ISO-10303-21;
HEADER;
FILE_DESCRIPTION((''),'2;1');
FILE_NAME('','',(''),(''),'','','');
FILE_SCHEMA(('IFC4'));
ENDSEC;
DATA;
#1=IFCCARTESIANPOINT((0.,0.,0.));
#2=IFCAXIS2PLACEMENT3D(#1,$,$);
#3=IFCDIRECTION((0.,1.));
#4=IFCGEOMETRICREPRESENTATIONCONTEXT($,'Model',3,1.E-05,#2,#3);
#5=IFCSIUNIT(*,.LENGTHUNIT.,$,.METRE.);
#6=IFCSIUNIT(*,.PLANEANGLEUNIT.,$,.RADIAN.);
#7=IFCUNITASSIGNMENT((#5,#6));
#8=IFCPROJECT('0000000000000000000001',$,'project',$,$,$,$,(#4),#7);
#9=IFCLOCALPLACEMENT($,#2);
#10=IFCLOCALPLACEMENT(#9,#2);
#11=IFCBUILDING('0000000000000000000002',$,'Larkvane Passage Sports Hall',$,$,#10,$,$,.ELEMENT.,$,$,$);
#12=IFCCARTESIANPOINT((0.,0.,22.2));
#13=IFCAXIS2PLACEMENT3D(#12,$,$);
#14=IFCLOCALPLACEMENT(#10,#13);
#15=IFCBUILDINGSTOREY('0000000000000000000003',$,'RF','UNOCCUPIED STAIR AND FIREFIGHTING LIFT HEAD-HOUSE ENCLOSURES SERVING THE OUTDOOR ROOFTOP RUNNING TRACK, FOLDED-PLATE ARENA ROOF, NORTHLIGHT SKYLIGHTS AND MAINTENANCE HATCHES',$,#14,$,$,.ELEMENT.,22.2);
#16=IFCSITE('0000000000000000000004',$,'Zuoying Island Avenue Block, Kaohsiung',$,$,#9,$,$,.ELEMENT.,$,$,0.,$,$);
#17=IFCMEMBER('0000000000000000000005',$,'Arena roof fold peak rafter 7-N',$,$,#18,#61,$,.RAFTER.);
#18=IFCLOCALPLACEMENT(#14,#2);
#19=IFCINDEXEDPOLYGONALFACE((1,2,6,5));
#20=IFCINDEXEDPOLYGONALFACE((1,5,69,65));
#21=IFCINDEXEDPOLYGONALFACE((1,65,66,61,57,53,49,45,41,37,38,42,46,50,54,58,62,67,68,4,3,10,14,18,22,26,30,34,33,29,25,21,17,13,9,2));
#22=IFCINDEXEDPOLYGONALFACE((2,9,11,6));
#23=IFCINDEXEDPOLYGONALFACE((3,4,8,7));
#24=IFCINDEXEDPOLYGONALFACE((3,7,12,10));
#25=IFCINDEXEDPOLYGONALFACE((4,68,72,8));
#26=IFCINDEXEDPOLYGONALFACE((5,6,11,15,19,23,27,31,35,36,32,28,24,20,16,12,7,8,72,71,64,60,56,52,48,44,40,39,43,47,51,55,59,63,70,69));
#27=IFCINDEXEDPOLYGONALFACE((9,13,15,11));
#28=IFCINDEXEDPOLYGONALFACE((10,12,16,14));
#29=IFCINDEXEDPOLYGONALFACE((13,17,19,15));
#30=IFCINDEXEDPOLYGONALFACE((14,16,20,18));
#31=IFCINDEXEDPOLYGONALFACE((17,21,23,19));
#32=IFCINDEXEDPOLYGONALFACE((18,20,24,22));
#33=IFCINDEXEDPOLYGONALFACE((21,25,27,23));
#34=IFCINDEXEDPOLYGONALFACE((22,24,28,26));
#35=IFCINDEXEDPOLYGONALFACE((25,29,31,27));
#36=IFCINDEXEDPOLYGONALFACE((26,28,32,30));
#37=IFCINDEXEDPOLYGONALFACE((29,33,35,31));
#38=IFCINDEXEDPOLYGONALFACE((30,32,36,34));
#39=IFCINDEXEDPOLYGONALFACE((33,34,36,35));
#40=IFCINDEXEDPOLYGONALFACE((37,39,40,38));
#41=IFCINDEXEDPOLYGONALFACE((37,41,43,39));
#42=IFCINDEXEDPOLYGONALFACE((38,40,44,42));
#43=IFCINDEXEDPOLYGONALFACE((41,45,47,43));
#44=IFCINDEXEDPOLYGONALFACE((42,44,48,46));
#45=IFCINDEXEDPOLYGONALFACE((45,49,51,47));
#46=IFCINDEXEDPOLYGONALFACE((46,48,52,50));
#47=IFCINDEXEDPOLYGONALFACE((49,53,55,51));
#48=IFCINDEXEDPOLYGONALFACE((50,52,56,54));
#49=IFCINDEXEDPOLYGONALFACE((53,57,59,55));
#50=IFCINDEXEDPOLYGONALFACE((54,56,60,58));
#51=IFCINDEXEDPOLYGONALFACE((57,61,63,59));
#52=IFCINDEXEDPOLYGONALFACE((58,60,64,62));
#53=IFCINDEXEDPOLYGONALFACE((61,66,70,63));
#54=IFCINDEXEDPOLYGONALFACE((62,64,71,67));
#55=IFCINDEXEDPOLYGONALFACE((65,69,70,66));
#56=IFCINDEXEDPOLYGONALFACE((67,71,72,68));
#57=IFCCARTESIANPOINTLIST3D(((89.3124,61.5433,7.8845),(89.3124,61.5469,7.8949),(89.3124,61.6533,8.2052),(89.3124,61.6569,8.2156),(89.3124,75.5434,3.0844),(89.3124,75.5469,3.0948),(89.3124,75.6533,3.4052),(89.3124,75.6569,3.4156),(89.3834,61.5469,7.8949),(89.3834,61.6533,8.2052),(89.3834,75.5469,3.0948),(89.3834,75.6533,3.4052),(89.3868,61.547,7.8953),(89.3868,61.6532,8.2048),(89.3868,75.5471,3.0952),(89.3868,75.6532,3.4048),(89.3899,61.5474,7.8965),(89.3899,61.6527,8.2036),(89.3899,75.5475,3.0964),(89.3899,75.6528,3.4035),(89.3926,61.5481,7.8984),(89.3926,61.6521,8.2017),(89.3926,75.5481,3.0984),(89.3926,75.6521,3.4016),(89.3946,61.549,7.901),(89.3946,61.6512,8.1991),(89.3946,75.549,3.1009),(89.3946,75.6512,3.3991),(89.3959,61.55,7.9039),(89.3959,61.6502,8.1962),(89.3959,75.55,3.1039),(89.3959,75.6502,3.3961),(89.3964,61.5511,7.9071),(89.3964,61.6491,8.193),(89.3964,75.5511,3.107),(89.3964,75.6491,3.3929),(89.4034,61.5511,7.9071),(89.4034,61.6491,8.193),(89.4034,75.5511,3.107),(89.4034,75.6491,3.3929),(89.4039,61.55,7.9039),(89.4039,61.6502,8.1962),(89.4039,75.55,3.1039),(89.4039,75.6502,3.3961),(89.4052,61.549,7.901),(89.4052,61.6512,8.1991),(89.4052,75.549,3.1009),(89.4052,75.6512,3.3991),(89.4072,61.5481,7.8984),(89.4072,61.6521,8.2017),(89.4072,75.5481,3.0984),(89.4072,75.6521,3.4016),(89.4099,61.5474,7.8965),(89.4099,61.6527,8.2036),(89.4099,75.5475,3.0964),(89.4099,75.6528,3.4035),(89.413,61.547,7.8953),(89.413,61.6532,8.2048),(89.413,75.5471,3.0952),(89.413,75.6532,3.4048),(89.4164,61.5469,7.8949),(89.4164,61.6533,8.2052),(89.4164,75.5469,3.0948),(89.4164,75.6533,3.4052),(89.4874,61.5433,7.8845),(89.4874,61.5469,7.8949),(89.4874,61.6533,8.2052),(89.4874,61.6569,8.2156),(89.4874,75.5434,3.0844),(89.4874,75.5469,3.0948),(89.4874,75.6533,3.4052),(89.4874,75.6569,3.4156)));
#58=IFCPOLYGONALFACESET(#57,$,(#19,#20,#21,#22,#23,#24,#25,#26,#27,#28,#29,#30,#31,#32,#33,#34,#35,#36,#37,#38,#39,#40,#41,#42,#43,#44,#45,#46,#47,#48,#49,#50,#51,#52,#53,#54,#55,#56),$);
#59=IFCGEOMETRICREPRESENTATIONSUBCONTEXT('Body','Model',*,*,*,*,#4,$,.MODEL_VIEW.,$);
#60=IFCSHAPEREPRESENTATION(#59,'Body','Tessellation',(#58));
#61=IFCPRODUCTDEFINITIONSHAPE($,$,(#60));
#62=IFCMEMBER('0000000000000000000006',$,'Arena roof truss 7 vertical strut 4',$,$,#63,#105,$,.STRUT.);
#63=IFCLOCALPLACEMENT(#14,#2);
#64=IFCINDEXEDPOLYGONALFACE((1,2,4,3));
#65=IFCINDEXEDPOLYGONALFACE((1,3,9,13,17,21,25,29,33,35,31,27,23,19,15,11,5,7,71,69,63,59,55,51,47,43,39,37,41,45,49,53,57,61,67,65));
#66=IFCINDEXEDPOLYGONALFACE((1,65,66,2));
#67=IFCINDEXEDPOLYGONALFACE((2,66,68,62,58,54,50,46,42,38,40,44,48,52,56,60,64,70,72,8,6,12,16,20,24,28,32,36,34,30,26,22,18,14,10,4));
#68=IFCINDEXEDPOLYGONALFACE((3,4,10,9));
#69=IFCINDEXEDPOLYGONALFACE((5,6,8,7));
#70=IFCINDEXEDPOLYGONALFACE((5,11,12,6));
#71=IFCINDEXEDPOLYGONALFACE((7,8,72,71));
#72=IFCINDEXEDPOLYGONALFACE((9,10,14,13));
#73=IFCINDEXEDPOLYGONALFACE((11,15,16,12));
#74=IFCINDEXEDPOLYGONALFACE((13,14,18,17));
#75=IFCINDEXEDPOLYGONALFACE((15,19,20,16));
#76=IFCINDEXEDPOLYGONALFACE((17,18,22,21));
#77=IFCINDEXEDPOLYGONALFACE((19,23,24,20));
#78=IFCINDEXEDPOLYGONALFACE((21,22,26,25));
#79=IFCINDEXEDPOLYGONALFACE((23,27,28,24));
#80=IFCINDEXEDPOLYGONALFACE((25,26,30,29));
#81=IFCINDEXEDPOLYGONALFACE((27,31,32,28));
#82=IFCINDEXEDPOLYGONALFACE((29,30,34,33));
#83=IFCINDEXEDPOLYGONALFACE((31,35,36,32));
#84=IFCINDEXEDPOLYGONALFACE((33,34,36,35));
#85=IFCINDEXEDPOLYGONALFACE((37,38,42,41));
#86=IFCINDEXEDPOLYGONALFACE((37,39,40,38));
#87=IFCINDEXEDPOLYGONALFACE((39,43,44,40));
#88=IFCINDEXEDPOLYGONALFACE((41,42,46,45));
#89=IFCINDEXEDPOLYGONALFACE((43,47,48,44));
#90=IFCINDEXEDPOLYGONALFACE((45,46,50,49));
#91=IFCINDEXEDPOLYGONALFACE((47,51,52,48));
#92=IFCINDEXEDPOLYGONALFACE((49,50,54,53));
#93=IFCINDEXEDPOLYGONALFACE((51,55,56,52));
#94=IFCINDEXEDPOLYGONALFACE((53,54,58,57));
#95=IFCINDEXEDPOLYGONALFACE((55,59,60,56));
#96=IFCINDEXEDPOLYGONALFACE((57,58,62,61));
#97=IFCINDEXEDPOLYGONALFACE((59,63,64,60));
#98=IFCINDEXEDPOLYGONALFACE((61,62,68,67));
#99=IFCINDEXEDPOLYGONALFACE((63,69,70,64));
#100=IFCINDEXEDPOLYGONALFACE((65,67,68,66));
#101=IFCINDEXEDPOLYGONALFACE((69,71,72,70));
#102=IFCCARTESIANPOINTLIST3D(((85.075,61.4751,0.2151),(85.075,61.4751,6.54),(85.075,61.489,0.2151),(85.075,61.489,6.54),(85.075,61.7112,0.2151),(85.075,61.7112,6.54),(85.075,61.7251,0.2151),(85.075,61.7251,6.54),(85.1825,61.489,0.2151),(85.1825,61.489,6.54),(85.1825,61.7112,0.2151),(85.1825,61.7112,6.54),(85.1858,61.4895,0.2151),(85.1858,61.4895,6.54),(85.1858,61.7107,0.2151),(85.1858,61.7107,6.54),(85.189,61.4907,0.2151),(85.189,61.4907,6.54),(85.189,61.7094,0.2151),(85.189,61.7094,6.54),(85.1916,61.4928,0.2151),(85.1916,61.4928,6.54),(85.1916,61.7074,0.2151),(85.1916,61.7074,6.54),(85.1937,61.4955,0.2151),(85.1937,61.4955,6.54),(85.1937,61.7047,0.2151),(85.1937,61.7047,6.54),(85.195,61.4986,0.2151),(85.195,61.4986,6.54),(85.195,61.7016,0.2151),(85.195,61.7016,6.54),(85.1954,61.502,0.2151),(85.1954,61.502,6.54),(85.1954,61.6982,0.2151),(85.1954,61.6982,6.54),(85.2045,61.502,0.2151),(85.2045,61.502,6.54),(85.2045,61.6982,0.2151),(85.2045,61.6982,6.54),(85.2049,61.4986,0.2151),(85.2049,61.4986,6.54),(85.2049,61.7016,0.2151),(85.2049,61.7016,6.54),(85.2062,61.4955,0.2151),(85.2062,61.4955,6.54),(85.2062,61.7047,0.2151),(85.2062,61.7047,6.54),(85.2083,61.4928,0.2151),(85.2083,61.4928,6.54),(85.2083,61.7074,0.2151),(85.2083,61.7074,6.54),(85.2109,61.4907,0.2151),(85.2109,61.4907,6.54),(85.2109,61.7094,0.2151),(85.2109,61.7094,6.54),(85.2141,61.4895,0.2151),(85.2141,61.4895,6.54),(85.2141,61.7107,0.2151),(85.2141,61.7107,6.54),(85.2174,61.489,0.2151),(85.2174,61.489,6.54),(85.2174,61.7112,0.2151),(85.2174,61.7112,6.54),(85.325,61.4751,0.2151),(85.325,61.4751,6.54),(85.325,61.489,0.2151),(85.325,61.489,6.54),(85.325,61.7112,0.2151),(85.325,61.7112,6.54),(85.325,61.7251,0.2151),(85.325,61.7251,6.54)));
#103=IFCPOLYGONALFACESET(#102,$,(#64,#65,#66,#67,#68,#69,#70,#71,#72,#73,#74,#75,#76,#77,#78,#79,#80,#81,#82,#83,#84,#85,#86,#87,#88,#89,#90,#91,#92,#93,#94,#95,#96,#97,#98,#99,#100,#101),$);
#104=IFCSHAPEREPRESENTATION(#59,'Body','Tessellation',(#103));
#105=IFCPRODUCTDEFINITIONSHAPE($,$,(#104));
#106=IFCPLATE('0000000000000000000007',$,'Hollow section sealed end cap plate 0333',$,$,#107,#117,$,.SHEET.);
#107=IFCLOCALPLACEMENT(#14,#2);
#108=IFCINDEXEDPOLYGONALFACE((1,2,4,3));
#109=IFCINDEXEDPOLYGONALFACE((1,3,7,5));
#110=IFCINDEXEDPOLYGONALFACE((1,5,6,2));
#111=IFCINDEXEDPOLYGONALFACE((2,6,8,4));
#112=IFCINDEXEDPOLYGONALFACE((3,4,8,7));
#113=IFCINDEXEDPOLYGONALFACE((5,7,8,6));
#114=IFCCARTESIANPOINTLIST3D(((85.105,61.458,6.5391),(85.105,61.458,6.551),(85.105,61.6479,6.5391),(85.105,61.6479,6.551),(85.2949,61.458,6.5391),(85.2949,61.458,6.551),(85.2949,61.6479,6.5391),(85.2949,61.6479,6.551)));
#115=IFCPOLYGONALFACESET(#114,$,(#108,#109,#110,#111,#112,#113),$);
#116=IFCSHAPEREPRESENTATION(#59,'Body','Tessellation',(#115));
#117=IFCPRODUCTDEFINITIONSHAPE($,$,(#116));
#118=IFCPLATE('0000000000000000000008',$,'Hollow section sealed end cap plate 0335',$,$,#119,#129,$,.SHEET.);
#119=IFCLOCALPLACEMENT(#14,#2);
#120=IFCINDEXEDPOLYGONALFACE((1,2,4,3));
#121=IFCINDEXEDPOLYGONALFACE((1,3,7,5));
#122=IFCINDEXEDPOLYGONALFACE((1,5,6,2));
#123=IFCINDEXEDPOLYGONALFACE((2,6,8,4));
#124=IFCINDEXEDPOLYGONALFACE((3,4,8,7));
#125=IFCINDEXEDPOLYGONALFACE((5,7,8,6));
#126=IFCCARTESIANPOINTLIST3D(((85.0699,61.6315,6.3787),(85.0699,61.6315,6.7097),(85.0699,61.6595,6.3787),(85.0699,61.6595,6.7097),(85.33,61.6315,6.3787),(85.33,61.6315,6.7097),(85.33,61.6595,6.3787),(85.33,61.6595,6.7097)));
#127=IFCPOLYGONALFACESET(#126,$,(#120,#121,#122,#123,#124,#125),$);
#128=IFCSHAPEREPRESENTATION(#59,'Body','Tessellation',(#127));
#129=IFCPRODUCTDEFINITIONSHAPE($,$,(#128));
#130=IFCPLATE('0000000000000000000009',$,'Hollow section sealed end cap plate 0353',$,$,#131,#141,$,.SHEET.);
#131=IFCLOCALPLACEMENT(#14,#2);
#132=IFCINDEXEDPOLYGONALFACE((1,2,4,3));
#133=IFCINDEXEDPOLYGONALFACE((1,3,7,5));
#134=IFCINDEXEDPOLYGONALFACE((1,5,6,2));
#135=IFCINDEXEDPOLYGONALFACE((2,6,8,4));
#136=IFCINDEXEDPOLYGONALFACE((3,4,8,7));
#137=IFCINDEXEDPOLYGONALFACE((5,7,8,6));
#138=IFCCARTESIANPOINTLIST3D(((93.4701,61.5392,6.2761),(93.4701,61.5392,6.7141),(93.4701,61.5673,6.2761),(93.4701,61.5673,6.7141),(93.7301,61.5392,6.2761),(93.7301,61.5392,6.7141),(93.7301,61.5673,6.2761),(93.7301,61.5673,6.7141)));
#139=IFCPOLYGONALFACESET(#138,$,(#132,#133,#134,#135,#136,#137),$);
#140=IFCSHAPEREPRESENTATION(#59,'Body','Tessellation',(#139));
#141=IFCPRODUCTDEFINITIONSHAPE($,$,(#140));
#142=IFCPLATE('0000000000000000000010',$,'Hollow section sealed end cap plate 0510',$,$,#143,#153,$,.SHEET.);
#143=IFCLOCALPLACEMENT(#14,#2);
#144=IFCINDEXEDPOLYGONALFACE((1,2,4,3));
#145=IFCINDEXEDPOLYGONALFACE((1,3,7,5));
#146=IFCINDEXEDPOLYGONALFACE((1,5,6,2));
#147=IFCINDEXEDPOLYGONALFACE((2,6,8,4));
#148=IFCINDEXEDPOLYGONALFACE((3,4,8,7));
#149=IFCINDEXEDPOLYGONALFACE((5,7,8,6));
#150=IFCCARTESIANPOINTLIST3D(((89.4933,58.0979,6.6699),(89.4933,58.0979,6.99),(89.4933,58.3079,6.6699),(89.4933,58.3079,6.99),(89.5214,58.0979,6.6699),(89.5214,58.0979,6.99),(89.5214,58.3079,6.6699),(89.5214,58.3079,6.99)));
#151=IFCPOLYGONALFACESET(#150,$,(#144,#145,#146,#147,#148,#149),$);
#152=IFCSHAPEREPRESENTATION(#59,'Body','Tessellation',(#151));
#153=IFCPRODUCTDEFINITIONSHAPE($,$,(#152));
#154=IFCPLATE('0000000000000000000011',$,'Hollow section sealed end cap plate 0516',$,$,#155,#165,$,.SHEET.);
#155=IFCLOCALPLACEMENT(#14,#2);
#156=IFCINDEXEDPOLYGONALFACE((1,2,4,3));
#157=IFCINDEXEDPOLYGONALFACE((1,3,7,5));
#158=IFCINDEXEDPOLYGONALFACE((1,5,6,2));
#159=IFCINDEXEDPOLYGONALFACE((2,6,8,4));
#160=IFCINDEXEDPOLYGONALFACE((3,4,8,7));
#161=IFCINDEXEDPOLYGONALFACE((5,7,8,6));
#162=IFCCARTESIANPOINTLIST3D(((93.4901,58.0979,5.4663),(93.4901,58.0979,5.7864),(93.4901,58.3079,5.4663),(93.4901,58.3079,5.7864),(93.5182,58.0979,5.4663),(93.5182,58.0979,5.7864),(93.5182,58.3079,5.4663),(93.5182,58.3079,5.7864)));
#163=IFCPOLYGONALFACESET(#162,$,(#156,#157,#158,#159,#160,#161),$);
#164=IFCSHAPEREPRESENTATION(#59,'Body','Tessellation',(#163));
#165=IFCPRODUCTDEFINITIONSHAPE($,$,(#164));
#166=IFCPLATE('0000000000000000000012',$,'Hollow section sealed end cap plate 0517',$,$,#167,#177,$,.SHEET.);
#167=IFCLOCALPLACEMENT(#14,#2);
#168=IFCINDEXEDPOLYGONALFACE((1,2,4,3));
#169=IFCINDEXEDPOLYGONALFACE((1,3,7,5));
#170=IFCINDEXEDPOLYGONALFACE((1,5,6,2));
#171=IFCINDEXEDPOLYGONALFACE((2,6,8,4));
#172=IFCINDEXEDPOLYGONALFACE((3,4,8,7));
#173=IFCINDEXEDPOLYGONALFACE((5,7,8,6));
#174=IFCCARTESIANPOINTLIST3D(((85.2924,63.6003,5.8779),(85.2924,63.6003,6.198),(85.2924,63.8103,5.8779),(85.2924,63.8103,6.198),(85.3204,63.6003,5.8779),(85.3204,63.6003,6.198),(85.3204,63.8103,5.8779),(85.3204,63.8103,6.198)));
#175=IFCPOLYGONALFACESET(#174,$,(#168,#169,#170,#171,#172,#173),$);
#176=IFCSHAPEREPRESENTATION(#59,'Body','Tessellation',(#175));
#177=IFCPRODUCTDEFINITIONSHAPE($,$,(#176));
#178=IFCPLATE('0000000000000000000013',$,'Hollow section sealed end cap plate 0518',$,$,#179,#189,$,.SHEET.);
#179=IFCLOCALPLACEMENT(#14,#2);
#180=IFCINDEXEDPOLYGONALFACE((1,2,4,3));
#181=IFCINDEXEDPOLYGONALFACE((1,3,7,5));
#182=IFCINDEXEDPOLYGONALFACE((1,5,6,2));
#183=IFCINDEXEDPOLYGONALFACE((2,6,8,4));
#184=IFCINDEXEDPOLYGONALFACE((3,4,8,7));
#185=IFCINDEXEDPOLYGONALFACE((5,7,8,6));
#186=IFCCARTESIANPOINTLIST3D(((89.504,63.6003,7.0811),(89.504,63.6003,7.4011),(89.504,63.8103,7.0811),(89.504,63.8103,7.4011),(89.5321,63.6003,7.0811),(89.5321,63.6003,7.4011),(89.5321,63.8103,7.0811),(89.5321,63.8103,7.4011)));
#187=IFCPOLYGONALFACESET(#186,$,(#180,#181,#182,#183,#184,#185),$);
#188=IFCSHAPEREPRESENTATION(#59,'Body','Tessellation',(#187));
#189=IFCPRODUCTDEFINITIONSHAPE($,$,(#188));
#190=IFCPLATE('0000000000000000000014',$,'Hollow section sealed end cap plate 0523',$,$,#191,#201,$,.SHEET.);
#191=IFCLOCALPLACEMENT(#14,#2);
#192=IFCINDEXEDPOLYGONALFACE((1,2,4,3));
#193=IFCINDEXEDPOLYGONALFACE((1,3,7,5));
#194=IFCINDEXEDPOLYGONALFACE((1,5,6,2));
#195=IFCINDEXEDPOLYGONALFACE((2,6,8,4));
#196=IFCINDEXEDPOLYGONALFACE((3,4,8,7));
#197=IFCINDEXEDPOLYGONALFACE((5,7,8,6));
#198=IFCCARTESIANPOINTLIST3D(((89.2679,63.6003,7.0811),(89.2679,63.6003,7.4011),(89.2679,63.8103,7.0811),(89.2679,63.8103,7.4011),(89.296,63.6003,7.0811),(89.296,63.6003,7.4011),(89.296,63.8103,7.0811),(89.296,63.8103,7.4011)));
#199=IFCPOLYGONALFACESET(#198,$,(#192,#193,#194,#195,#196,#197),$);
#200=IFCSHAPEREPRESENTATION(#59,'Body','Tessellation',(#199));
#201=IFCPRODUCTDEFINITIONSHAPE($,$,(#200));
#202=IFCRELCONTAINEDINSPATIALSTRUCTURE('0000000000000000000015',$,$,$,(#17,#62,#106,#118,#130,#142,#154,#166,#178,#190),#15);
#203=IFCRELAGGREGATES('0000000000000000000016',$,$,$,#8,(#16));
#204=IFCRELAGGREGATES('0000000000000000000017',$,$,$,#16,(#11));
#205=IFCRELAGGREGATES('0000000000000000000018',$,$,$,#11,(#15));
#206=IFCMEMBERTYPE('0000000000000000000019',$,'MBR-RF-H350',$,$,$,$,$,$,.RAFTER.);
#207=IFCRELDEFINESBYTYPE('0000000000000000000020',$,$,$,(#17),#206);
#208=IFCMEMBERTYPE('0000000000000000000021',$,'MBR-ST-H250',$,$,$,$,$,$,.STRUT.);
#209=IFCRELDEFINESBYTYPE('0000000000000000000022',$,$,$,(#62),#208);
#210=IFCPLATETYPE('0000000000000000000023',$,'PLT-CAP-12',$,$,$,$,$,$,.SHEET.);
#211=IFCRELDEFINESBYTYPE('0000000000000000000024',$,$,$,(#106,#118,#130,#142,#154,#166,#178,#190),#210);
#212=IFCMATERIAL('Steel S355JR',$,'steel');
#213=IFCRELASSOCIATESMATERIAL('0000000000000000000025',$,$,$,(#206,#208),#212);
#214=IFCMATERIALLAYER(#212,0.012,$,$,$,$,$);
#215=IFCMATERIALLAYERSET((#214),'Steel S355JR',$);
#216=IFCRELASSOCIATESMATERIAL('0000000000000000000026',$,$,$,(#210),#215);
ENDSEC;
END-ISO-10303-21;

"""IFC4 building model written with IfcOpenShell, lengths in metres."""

from ifc_helpers import new_model, si_unit, direction, frame, origin, origin_2d, place, context, subcontext, project, spatial, rectangle, i_section, extrude, material, layer, layer_set, material_profile, profile_set, type_object, element, save


model = new_model("IFC4")

# Units and contexts
model_context = context("Model", 3, precision=1e-05, world=origin(), true_north=direction((0.0, 1.0)))
body_context = subcontext(model_context, "Body", "Model", "MODEL_VIEW")
ifc_project = project(units=[si_unit("LENGTHUNIT", "METRE"), si_unit("PLANEANGLEUNIT", "RADIAN")], contexts=[model_context])

# Site, building, storey
site_placement = place(None, origin())
site = spatial("IfcSite", under=ifc_project, at=site_placement, Name="Zuoying Island Avenue Block, Kaohsiung", CompositionType="ELEMENT", RefElevation=0.0)
building_placement = place(site_placement, origin())
building = spatial("IfcBuilding", under=site, at=building_placement, Name="Larkvane Passage Sports Hall", CompositionType="ELEMENT")
storey_placement = place(building_placement, frame((0.0, 0.0, 22.2)))
storey = spatial("IfcBuildingStorey", under=building, at=storey_placement, Name="RF", Description="UNOCCUPIED STAIR AND FIREFIGHTING LIFT HEAD-HOUSE ENCLOSURES SERVING THE OUTDOOR ROOFTOP RUNNING TRACK, FOLDED-PLATE ARENA ROOF, NORTHLIGHT SKYLIGHTS AND MAINTENANCE HATCHES", CompositionType="ELEMENT", Elevation=22.2)

# Members
ifc_material_1 = material(Name="Steel S355JR", Category="steel")
ifc_material_profile_1 = material_profile(ifc_material_1, i_section(OverallWidth=0.175, OverallDepth=0.3501, WebThickness=0.0071, FlangeThickness=0.011, FilletRadius=0.0129, at=origin_2d()), Name="H-350x175x7x11")
ifc_profile_set_1 = profile_set([ifc_material_profile_1], Name="Steel S355JR")
member_type_1 = type_object("IfcMemberType", Name="MBR-RF-H350", PredefinedType="RAFTER", material=ifc_profile_set_1)
member_1_placement = place(storey_placement, frame((89.3999, 61.6001, 8.05), z_axis=(0.0, 0.945945, -0.324327), x_axis=(-1.0, 0.0, 0.0)))
element("IfcMember", 1, at=member_1_placement, inside=storey, type_object=member_type_1, Name="Arena roof fold peak rafter 7-N", PredefinedType="RAFTER", context=body_context, shape_type="SweptSolid", body=[
    extrude(i_section(OverallWidth=0.175, OverallDepth=0.3501, WebThickness=0.0071, FlangeThickness=0.011, FilletRadius=0.0129, at=origin_2d()), origin(), (0.0, 0.0, 1.0), 14.8),
])
ifc_material_profile_2 = material_profile(ifc_material_1, i_section(OverallWidth=0.25, OverallDepth=0.25, WebThickness=0.009, FlangeThickness=0.0139, FilletRadius=0.0129, at=origin_2d()), Name="H-250x250x9x14")
ifc_profile_set_2 = profile_set([ifc_material_profile_2], Name="Steel S355JR")
member_type_2 = type_object("IfcMemberType", Name="MBR-ST-H250", PredefinedType="STRUT", material=ifc_profile_set_2)
member_2_placement = place(storey_placement, frame((85.2, 61.6001, 0.2151), z_axis=(0.0, 0.0, 1.0), x_axis=(1.0, 0.0, 0.0)))
element("IfcMember", 2, at=member_2_placement, inside=storey, type_object=member_type_2, Name="Arena roof truss 7 vertical strut 4", PredefinedType="STRUT", context=body_context, shape_type="SweptSolid", body=[
    extrude(i_section(OverallWidth=0.25, OverallDepth=0.25, WebThickness=0.009, FlangeThickness=0.0139, FilletRadius=0.0129, at=origin_2d()), origin(), (0.0, 0.0, 1.0), 6.325),
])

# Plates
ifc_layer_1 = layer(ifc_material_1, 0.012)
ifc_layer_set_1 = layer_set([ifc_layer_1], Name="Steel S355JR")
plate_type_1 = type_object("IfcPlateType", Name="PLT-CAP-12", PredefinedType="SHEET", material=ifc_layer_set_1)
plate_1_placement = place(storey_placement, frame((85.2, 61.553, 6.5391), z_axis=(0.0, 0.0, 1.0), x_axis=(1.0, 0.0, 0.0)))
element("IfcPlate", 3, at=plate_1_placement, inside=storey, type_object=plate_type_1, Name="Hollow section sealed end cap plate 0333", PredefinedType="SHEET", context=body_context, shape_type="SweptSolid", body=[
    extrude(rectangle(XDim=0.1899, YDim=0.1899, at=origin_2d()), origin(), (0.0, 0.0, 1.0), 0.012),
])
plate_2_placement = place(storey_placement, frame((85.2, 61.6455, 6.3787), z_axis=(0.0, 0.0, 1.0), x_axis=(-1.0, 0.0, 0.0)))
element("IfcPlate", 4, at=plate_2_placement, inside=storey, type_object=plate_type_1, Name="Hollow section sealed end cap plate 0335", PredefinedType="SHEET", context=body_context, shape_type="SweptSolid", body=[
    extrude(rectangle(XDim=0.26, YDim=0.0281, at=origin_2d()), origin(), (0.0, 0.0, 1.0), 0.3311),
])
plate_3_placement = place(storey_placement, frame((93.6001, 61.5532, 6.2761), z_axis=(0.0, 0.0, 1.0), x_axis=(-1.0, 0.0, 0.0)))
element("IfcPlate", 5, at=plate_3_placement, inside=storey, type_object=plate_type_1, Name="Hollow section sealed end cap plate 0353", PredefinedType="SHEET", context=body_context, shape_type="SweptSolid", body=[
    extrude(rectangle(XDim=0.26, YDim=0.0281, at=origin_2d()), origin(), (0.0, 0.0, 1.0), 0.438),
])
for number, where, z_axis, x_axis, name in (
    (6, (89.5073, 58.2029, 6.6699), (0.0, 0.0, 1.0), (0.0, 1.0, 0.0), "Hollow section sealed end cap plate 0510"),
    (7, (93.5042, 58.2029, 5.4663), (0.0, 0.0, 1.0), (0.0, 1.0, 0.0), "Hollow section sealed end cap plate 0516"),
    (8, (85.3064, 63.7053, 5.8779), (0.0, 0.0, 1.0), (0.0, 1.0, 0.0), "Hollow section sealed end cap plate 0517"),
    (9, (89.5181, 63.7053, 7.0811), (0.0, 0.0, 1.0), (0.0, 1.0, 0.0), "Hollow section sealed end cap plate 0518"),
    (10, (89.282, 63.7053, 7.0811), (0.0, 0.0, 1.0), (0.0, 1.0, 0.0), "Hollow section sealed end cap plate 0523"),
):
    element("IfcPlate", number, at=place(storey_placement, frame(where, z_axis=z_axis, x_axis=x_axis)), inside=storey, type_object=plate_type_1, Name=name, PredefinedType="SHEET", context=body_context, shape_type="SweptSolid", body=[
        extrude(rectangle(XDim=0.21, YDim=0.0281, at=origin_2d()), origin(), (0.0, 0.0, 1.0), 0.3201),
    ])

save(model, "model.ifc")
